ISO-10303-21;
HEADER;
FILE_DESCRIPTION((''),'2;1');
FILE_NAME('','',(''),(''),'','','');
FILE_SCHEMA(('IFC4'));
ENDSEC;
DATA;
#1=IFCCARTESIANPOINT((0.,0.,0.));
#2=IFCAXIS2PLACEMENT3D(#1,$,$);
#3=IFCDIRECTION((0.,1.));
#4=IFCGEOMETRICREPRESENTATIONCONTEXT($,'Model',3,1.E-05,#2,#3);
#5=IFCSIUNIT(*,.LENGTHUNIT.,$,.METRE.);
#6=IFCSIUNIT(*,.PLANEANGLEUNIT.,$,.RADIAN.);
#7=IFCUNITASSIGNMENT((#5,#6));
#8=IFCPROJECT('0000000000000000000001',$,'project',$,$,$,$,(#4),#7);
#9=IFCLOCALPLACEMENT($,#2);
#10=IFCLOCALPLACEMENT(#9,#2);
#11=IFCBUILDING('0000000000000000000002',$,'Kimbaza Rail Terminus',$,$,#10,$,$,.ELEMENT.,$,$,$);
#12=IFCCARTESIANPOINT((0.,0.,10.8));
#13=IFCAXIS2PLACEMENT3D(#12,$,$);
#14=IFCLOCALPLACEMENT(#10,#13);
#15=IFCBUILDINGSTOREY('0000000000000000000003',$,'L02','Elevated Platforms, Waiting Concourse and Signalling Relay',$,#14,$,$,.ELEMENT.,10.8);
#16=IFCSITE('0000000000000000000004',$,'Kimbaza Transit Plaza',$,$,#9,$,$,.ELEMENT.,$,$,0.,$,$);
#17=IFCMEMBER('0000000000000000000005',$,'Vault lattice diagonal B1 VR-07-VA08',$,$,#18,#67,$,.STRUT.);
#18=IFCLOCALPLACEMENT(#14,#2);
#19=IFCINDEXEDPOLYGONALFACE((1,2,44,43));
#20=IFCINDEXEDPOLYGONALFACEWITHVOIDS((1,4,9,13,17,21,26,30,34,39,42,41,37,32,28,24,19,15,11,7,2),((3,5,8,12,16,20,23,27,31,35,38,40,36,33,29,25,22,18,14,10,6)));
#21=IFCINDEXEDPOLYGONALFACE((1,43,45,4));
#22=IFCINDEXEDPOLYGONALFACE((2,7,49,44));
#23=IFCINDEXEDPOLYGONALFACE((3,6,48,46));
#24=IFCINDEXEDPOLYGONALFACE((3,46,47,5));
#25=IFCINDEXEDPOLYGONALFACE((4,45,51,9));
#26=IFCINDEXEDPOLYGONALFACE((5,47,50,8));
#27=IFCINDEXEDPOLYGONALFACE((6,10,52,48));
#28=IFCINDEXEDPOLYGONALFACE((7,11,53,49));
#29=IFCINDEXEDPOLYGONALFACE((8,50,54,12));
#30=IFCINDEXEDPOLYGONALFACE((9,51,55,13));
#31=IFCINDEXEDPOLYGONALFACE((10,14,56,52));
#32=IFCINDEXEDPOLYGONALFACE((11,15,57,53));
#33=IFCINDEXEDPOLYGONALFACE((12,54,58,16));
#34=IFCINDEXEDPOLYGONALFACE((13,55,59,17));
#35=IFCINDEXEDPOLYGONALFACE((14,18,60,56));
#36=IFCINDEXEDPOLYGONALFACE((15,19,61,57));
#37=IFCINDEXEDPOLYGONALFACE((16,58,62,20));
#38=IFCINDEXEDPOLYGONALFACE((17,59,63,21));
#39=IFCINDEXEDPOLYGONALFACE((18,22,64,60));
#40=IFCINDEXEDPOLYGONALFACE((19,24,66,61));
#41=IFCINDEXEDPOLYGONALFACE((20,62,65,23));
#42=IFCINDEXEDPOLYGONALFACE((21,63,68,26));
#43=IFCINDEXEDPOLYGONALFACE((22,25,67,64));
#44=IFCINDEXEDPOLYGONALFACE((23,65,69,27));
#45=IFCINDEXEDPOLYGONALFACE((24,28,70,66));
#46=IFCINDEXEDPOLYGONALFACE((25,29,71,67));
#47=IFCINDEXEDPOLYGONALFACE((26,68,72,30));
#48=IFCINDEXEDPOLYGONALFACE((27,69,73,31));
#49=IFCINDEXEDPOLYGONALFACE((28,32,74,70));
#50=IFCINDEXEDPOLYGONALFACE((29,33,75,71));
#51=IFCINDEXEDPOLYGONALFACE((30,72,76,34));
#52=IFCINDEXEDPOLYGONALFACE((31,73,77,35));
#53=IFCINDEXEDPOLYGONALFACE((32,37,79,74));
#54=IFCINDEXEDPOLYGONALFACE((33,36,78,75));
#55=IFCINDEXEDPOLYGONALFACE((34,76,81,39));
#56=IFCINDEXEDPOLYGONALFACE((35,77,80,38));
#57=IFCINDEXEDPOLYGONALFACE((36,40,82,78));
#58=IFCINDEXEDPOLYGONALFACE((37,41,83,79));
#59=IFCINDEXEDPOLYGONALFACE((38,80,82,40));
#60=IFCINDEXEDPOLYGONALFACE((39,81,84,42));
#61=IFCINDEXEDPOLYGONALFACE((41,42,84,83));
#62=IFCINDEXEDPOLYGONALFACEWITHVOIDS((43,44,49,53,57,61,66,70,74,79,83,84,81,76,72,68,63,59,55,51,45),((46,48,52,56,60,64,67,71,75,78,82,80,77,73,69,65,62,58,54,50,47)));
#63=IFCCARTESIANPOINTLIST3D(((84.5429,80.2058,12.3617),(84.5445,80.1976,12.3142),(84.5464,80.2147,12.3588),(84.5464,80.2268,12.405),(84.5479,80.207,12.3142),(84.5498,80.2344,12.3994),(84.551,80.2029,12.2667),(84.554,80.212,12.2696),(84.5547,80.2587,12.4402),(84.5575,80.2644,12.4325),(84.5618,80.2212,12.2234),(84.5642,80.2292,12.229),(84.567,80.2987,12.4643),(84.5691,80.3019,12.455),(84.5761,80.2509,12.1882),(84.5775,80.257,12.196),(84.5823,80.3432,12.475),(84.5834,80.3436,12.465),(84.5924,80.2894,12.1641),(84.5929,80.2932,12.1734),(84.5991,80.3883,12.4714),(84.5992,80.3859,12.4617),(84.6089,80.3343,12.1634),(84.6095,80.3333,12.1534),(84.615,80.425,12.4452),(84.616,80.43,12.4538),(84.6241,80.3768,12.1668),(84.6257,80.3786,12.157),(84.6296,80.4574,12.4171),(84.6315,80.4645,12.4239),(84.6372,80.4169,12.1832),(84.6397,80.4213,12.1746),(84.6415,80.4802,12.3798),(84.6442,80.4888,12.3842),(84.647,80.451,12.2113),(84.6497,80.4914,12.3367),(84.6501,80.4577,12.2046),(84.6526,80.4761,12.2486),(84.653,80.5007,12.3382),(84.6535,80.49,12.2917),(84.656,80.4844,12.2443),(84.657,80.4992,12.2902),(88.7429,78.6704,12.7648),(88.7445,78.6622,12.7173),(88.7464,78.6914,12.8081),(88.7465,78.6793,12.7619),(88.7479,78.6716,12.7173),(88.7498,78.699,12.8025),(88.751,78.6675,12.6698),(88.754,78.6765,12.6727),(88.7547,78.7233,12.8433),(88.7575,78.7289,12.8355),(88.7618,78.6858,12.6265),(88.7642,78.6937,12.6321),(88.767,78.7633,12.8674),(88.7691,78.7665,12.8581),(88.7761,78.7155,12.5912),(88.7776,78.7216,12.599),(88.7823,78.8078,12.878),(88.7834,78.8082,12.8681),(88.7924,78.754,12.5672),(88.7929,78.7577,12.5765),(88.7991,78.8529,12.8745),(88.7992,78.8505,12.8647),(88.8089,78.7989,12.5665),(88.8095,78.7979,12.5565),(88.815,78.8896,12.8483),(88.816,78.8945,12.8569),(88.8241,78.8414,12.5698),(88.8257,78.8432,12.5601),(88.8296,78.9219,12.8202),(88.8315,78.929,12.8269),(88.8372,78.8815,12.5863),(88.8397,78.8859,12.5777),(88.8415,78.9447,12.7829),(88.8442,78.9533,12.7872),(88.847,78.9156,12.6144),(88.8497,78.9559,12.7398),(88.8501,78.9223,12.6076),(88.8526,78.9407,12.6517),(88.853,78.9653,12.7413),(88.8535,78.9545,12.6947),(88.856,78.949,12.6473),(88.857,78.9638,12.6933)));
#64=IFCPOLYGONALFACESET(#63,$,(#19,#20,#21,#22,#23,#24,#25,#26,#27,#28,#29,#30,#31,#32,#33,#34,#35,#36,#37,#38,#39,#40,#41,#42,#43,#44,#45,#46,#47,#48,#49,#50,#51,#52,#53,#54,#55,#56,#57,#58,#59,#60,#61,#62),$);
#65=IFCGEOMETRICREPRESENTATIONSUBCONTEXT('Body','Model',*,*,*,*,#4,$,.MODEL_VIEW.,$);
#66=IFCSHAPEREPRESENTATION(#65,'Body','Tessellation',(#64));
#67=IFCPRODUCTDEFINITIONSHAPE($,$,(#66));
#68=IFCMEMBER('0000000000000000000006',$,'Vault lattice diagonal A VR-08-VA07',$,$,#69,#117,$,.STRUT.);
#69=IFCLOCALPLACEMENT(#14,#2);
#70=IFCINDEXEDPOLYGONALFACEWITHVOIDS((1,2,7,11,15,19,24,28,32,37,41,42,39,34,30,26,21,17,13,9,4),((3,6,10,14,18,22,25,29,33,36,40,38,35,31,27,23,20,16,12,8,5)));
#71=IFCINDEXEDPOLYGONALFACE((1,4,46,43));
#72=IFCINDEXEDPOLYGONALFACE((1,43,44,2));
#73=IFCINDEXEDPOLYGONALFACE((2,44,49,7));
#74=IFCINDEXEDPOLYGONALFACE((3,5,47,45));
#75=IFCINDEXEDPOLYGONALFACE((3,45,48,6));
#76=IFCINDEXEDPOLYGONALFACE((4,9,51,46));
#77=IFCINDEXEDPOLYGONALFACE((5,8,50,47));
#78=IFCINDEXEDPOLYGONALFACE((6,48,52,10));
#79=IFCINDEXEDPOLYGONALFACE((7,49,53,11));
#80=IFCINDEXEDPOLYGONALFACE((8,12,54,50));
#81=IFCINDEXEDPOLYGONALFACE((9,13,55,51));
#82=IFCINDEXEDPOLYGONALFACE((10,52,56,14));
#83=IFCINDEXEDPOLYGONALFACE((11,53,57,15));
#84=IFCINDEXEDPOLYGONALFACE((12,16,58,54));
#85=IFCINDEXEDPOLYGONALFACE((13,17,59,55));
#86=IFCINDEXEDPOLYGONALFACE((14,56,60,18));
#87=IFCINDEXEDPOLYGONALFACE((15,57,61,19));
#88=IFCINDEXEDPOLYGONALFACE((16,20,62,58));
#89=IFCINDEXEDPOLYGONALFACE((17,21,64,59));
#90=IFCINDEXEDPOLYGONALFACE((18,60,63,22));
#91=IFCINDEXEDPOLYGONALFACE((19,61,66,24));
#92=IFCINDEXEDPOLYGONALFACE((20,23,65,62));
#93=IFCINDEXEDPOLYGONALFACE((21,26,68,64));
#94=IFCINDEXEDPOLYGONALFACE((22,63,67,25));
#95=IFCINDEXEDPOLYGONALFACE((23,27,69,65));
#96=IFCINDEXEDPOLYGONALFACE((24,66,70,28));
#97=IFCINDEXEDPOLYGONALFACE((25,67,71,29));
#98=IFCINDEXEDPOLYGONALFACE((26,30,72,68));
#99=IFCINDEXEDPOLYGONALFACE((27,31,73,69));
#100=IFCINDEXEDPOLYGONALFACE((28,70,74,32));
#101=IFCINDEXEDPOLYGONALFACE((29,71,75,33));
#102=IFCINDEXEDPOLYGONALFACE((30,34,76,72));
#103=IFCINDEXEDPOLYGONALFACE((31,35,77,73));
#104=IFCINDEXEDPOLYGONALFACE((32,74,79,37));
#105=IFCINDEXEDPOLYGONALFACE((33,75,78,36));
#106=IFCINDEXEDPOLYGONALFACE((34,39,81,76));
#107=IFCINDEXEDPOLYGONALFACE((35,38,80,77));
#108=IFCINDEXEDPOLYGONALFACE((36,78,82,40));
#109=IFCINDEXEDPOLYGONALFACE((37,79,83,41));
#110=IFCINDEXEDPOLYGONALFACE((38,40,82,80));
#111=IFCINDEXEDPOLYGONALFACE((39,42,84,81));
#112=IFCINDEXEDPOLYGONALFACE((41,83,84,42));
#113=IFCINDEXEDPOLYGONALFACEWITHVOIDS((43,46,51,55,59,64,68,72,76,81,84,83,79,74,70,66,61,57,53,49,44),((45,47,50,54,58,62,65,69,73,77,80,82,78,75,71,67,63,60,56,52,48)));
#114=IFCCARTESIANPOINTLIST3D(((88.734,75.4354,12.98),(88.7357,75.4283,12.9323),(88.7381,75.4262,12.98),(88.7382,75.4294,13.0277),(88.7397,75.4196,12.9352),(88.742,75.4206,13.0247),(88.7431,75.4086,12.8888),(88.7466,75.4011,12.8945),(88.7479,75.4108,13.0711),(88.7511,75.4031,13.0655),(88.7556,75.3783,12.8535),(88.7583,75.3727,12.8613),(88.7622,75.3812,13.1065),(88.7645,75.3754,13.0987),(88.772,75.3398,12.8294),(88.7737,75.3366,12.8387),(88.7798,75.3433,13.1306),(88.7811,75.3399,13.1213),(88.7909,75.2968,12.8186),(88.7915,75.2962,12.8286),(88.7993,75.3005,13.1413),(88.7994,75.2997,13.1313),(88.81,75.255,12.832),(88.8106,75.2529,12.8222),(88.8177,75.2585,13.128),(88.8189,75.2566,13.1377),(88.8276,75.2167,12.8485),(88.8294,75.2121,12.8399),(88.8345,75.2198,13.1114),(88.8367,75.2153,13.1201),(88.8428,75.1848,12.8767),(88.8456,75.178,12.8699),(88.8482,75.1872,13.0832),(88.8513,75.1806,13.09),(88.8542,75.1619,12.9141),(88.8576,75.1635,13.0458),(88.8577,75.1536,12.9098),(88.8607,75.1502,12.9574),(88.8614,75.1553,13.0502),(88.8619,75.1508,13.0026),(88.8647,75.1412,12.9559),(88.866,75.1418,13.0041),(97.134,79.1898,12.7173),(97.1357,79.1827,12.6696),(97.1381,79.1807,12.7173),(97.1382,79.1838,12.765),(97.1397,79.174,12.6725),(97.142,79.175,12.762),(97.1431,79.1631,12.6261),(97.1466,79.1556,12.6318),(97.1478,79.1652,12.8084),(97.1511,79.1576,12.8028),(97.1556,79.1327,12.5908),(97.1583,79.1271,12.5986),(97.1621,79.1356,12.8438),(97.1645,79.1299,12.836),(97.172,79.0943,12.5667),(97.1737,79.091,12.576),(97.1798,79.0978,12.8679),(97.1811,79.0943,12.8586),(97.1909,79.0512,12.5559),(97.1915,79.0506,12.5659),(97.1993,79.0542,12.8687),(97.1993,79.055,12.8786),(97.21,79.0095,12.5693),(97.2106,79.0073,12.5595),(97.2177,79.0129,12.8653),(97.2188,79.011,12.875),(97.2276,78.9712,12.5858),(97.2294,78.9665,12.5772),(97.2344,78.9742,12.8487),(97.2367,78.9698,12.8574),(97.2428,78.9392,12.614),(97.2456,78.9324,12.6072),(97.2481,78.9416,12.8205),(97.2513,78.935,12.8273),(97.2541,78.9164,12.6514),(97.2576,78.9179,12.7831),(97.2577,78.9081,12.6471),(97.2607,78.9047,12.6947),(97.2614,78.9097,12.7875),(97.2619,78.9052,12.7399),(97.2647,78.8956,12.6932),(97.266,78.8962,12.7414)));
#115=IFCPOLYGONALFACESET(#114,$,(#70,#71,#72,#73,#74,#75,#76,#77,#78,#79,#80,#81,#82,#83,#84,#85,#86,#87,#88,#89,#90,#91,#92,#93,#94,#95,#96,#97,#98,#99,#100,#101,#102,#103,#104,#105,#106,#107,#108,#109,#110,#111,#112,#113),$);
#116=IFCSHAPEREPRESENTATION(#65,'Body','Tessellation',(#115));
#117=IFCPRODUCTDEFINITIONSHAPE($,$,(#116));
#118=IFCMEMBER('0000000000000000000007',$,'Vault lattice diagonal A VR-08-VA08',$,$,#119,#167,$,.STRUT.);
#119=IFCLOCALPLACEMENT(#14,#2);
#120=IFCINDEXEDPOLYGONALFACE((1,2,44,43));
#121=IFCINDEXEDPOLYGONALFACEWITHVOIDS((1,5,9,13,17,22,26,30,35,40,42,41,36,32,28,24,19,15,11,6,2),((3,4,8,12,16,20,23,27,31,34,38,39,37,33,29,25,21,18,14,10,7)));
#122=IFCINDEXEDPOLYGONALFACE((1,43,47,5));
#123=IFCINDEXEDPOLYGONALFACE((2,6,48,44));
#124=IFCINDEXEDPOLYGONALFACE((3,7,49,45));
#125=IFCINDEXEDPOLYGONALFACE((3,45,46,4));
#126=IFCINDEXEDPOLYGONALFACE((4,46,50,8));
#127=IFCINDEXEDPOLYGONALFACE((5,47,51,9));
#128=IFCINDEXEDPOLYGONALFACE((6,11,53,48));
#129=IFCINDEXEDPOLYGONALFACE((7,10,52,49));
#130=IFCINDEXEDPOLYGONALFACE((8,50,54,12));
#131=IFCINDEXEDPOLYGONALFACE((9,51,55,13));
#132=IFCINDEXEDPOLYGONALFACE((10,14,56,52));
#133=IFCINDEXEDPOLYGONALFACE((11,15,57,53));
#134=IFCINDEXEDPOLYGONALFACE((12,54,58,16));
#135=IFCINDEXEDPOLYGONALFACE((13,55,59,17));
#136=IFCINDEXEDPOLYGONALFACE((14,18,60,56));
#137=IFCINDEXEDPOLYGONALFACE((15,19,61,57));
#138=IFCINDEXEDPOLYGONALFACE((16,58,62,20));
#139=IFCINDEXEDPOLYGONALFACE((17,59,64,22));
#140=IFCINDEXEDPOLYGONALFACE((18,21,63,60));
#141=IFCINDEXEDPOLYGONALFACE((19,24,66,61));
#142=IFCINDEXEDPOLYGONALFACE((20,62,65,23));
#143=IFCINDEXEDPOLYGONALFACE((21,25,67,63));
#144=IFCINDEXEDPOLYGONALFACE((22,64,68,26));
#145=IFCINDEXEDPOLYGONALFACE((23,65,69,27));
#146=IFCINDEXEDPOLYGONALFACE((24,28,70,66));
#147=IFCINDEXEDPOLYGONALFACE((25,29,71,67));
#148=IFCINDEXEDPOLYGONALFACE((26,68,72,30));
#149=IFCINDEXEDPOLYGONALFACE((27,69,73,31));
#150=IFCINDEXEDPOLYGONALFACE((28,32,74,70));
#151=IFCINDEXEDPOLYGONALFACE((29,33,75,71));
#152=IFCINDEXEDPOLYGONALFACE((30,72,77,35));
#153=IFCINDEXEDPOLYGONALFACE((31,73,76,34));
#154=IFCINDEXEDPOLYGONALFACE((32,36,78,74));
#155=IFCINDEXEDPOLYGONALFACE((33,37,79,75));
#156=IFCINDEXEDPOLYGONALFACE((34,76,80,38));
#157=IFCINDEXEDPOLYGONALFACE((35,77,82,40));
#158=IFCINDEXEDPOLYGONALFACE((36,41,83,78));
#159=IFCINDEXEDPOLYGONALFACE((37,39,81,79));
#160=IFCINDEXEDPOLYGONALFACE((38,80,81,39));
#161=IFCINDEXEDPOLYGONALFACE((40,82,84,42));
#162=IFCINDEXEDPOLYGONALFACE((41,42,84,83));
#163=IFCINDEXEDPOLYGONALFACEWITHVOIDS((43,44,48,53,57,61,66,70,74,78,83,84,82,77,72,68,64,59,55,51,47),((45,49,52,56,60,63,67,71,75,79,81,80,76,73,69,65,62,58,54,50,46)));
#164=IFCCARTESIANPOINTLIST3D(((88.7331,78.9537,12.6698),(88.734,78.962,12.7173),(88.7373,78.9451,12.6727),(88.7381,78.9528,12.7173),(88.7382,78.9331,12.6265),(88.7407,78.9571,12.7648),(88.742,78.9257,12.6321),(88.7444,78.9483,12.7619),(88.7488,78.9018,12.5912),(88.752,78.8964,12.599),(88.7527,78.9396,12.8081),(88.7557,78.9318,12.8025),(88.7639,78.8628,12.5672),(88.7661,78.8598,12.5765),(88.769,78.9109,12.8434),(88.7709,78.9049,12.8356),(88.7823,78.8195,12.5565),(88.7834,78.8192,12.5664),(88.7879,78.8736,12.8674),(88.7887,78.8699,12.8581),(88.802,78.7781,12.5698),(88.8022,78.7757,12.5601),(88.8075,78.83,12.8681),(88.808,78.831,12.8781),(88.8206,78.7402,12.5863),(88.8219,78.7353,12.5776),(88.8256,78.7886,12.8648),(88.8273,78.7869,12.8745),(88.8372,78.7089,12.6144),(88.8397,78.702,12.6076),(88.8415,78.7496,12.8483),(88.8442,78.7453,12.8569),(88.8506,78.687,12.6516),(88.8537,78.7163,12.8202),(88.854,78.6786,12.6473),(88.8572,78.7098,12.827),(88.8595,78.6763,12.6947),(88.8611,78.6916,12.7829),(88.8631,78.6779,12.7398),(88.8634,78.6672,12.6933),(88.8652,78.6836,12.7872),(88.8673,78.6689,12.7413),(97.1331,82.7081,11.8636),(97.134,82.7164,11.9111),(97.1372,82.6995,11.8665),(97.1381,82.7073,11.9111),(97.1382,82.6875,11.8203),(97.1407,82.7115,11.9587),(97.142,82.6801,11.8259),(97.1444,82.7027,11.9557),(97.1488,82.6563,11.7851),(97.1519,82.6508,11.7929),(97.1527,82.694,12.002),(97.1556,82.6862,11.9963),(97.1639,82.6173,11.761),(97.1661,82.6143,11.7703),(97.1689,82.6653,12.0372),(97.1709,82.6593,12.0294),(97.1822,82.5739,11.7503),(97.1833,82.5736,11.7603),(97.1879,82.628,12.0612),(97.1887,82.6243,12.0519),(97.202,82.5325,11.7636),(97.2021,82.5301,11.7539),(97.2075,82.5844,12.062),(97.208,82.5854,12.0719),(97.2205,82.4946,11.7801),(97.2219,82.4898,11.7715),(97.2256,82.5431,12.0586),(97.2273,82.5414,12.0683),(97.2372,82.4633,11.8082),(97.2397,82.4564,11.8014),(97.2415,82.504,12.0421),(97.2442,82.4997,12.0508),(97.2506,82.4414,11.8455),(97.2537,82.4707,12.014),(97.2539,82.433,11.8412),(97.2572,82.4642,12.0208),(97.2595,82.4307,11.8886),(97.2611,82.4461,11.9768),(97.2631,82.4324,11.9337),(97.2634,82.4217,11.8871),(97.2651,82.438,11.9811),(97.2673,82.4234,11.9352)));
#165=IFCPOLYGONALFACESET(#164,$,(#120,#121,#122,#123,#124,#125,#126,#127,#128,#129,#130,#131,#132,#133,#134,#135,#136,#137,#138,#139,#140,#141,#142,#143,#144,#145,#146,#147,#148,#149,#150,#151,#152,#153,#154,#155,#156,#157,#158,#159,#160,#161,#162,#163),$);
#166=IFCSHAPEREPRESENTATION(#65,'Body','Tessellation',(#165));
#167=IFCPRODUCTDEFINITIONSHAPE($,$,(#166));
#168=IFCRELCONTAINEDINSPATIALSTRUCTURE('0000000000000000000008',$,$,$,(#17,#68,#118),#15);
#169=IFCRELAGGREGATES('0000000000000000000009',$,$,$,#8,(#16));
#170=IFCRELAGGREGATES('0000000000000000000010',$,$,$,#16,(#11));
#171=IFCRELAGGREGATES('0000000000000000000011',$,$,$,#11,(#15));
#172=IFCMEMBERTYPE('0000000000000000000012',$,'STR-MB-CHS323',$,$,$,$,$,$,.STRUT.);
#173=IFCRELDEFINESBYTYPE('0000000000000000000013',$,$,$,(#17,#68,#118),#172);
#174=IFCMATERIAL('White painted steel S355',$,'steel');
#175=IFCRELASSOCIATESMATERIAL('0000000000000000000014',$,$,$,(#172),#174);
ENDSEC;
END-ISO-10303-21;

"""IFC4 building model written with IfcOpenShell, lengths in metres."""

from ifc_helpers import new_model, si_unit, direction, frame, origin, origin_2d, place, context, subcontext, project, spatial, hollow_circle, extrude, material, material_profile, profile_set, type_object, element, save


model = new_model("IFC4")

# Units and contexts
model_context = context("Model", 3, precision=1e-05, world=origin(), true_north=direction((0.0, 1.0)))
body_context = subcontext(model_context, "Body", "Model", "MODEL_VIEW")
ifc_project = project(units=[si_unit("LENGTHUNIT", "METRE"), si_unit("PLANEANGLEUNIT", "RADIAN")], contexts=[model_context])

# Site, building, storey
site_placement = place(None, origin())
site = spatial("IfcSite", under=ifc_project, at=site_placement, Name="Kimbaza Transit Plaza", CompositionType="ELEMENT", RefElevation=0.0)
building_placement = place(site_placement, origin())
building = spatial("IfcBuilding", under=site, at=building_placement, Name="Kimbaza Rail Terminus", CompositionType="ELEMENT")
storey_placement = place(building_placement, frame((0.0, 0.0, 10.8)))
storey = spatial("IfcBuildingStorey", under=building, at=storey_placement, Name="L02", Description="Elevated Platforms, Waiting Concourse and Signalling Relay", CompositionType="ELEMENT", Elevation=10.8)

# Members
ifc_material_1 = material(Name="White painted steel S355", Category="steel")
ifc_material_profile_1 = material_profile(ifc_material_1, hollow_circle(Radius=0.1619, WallThickness=0.01, at=origin_2d()), Name="CHS 323.9x10")
ifc_profile_set_1 = profile_set([ifc_material_profile_1], Name="White painted steel S355")
member_type_1 = type_object("IfcMemberType", Name="STR-MB-CHS323", PredefinedType="STRUT", material=ifc_profile_set_1)
member_1_placement = place(storey_placement, frame((88.8, 78.8142, 12.7173), z_axis=(-0.935415, 0.341965, -0.089773), x_axis=(-0.343351, -0.939207, 0.0)))
element("IfcMember", 1, at=member_1_placement, inside=storey, type_object=member_type_1, Name="Vault lattice diagonal B1 VR-07-VA08", PredefinedType="STRUT", context=body_context, shape_type="SweptSolid", body=[
    extrude(hollow_circle(Radius=0.1619, WallThickness=0.01, at=origin_2d()), origin(), (0.0, 0.0, 1.0), 4.49),
])
member_2_placement = place(storey_placement, frame((88.8, 75.2876, 12.98), z_axis=(0.912586, 0.407887, -0.02854), x_axis=(-0.408053, 0.912958, 0.0)))
element("IfcMember", 2, at=member_2_placement, inside=storey, type_object=member_type_1, Name="Vault lattice diagonal A VR-08-VA07", PredefinedType="STRUT", context=body_context, shape_type="SweptSolid", body=[
    extrude(hollow_circle(Radius=0.1619, WallThickness=0.01, at=origin_2d()), origin(), (0.0, 0.0, 1.0), 9.2046),
])
member_3_placement = place(storey_placement, frame((88.8, 78.8142, 12.7173), z_axis=(0.909474, 0.406496, -0.087284), x_axis=(-0.408053, 0.912958, 0.0)))
element("IfcMember", 3, at=member_3_placement, inside=storey, type_object=member_type_1, Name="Vault lattice diagonal A VR-08-VA08", PredefinedType="STRUT", context=body_context, shape_type="SweptSolid", body=[
    extrude(hollow_circle(Radius=0.1619, WallThickness=0.01, at=origin_2d()), origin(), (0.0, 0.0, 1.0), 9.2361),
])

save(model, "model.ifc")
